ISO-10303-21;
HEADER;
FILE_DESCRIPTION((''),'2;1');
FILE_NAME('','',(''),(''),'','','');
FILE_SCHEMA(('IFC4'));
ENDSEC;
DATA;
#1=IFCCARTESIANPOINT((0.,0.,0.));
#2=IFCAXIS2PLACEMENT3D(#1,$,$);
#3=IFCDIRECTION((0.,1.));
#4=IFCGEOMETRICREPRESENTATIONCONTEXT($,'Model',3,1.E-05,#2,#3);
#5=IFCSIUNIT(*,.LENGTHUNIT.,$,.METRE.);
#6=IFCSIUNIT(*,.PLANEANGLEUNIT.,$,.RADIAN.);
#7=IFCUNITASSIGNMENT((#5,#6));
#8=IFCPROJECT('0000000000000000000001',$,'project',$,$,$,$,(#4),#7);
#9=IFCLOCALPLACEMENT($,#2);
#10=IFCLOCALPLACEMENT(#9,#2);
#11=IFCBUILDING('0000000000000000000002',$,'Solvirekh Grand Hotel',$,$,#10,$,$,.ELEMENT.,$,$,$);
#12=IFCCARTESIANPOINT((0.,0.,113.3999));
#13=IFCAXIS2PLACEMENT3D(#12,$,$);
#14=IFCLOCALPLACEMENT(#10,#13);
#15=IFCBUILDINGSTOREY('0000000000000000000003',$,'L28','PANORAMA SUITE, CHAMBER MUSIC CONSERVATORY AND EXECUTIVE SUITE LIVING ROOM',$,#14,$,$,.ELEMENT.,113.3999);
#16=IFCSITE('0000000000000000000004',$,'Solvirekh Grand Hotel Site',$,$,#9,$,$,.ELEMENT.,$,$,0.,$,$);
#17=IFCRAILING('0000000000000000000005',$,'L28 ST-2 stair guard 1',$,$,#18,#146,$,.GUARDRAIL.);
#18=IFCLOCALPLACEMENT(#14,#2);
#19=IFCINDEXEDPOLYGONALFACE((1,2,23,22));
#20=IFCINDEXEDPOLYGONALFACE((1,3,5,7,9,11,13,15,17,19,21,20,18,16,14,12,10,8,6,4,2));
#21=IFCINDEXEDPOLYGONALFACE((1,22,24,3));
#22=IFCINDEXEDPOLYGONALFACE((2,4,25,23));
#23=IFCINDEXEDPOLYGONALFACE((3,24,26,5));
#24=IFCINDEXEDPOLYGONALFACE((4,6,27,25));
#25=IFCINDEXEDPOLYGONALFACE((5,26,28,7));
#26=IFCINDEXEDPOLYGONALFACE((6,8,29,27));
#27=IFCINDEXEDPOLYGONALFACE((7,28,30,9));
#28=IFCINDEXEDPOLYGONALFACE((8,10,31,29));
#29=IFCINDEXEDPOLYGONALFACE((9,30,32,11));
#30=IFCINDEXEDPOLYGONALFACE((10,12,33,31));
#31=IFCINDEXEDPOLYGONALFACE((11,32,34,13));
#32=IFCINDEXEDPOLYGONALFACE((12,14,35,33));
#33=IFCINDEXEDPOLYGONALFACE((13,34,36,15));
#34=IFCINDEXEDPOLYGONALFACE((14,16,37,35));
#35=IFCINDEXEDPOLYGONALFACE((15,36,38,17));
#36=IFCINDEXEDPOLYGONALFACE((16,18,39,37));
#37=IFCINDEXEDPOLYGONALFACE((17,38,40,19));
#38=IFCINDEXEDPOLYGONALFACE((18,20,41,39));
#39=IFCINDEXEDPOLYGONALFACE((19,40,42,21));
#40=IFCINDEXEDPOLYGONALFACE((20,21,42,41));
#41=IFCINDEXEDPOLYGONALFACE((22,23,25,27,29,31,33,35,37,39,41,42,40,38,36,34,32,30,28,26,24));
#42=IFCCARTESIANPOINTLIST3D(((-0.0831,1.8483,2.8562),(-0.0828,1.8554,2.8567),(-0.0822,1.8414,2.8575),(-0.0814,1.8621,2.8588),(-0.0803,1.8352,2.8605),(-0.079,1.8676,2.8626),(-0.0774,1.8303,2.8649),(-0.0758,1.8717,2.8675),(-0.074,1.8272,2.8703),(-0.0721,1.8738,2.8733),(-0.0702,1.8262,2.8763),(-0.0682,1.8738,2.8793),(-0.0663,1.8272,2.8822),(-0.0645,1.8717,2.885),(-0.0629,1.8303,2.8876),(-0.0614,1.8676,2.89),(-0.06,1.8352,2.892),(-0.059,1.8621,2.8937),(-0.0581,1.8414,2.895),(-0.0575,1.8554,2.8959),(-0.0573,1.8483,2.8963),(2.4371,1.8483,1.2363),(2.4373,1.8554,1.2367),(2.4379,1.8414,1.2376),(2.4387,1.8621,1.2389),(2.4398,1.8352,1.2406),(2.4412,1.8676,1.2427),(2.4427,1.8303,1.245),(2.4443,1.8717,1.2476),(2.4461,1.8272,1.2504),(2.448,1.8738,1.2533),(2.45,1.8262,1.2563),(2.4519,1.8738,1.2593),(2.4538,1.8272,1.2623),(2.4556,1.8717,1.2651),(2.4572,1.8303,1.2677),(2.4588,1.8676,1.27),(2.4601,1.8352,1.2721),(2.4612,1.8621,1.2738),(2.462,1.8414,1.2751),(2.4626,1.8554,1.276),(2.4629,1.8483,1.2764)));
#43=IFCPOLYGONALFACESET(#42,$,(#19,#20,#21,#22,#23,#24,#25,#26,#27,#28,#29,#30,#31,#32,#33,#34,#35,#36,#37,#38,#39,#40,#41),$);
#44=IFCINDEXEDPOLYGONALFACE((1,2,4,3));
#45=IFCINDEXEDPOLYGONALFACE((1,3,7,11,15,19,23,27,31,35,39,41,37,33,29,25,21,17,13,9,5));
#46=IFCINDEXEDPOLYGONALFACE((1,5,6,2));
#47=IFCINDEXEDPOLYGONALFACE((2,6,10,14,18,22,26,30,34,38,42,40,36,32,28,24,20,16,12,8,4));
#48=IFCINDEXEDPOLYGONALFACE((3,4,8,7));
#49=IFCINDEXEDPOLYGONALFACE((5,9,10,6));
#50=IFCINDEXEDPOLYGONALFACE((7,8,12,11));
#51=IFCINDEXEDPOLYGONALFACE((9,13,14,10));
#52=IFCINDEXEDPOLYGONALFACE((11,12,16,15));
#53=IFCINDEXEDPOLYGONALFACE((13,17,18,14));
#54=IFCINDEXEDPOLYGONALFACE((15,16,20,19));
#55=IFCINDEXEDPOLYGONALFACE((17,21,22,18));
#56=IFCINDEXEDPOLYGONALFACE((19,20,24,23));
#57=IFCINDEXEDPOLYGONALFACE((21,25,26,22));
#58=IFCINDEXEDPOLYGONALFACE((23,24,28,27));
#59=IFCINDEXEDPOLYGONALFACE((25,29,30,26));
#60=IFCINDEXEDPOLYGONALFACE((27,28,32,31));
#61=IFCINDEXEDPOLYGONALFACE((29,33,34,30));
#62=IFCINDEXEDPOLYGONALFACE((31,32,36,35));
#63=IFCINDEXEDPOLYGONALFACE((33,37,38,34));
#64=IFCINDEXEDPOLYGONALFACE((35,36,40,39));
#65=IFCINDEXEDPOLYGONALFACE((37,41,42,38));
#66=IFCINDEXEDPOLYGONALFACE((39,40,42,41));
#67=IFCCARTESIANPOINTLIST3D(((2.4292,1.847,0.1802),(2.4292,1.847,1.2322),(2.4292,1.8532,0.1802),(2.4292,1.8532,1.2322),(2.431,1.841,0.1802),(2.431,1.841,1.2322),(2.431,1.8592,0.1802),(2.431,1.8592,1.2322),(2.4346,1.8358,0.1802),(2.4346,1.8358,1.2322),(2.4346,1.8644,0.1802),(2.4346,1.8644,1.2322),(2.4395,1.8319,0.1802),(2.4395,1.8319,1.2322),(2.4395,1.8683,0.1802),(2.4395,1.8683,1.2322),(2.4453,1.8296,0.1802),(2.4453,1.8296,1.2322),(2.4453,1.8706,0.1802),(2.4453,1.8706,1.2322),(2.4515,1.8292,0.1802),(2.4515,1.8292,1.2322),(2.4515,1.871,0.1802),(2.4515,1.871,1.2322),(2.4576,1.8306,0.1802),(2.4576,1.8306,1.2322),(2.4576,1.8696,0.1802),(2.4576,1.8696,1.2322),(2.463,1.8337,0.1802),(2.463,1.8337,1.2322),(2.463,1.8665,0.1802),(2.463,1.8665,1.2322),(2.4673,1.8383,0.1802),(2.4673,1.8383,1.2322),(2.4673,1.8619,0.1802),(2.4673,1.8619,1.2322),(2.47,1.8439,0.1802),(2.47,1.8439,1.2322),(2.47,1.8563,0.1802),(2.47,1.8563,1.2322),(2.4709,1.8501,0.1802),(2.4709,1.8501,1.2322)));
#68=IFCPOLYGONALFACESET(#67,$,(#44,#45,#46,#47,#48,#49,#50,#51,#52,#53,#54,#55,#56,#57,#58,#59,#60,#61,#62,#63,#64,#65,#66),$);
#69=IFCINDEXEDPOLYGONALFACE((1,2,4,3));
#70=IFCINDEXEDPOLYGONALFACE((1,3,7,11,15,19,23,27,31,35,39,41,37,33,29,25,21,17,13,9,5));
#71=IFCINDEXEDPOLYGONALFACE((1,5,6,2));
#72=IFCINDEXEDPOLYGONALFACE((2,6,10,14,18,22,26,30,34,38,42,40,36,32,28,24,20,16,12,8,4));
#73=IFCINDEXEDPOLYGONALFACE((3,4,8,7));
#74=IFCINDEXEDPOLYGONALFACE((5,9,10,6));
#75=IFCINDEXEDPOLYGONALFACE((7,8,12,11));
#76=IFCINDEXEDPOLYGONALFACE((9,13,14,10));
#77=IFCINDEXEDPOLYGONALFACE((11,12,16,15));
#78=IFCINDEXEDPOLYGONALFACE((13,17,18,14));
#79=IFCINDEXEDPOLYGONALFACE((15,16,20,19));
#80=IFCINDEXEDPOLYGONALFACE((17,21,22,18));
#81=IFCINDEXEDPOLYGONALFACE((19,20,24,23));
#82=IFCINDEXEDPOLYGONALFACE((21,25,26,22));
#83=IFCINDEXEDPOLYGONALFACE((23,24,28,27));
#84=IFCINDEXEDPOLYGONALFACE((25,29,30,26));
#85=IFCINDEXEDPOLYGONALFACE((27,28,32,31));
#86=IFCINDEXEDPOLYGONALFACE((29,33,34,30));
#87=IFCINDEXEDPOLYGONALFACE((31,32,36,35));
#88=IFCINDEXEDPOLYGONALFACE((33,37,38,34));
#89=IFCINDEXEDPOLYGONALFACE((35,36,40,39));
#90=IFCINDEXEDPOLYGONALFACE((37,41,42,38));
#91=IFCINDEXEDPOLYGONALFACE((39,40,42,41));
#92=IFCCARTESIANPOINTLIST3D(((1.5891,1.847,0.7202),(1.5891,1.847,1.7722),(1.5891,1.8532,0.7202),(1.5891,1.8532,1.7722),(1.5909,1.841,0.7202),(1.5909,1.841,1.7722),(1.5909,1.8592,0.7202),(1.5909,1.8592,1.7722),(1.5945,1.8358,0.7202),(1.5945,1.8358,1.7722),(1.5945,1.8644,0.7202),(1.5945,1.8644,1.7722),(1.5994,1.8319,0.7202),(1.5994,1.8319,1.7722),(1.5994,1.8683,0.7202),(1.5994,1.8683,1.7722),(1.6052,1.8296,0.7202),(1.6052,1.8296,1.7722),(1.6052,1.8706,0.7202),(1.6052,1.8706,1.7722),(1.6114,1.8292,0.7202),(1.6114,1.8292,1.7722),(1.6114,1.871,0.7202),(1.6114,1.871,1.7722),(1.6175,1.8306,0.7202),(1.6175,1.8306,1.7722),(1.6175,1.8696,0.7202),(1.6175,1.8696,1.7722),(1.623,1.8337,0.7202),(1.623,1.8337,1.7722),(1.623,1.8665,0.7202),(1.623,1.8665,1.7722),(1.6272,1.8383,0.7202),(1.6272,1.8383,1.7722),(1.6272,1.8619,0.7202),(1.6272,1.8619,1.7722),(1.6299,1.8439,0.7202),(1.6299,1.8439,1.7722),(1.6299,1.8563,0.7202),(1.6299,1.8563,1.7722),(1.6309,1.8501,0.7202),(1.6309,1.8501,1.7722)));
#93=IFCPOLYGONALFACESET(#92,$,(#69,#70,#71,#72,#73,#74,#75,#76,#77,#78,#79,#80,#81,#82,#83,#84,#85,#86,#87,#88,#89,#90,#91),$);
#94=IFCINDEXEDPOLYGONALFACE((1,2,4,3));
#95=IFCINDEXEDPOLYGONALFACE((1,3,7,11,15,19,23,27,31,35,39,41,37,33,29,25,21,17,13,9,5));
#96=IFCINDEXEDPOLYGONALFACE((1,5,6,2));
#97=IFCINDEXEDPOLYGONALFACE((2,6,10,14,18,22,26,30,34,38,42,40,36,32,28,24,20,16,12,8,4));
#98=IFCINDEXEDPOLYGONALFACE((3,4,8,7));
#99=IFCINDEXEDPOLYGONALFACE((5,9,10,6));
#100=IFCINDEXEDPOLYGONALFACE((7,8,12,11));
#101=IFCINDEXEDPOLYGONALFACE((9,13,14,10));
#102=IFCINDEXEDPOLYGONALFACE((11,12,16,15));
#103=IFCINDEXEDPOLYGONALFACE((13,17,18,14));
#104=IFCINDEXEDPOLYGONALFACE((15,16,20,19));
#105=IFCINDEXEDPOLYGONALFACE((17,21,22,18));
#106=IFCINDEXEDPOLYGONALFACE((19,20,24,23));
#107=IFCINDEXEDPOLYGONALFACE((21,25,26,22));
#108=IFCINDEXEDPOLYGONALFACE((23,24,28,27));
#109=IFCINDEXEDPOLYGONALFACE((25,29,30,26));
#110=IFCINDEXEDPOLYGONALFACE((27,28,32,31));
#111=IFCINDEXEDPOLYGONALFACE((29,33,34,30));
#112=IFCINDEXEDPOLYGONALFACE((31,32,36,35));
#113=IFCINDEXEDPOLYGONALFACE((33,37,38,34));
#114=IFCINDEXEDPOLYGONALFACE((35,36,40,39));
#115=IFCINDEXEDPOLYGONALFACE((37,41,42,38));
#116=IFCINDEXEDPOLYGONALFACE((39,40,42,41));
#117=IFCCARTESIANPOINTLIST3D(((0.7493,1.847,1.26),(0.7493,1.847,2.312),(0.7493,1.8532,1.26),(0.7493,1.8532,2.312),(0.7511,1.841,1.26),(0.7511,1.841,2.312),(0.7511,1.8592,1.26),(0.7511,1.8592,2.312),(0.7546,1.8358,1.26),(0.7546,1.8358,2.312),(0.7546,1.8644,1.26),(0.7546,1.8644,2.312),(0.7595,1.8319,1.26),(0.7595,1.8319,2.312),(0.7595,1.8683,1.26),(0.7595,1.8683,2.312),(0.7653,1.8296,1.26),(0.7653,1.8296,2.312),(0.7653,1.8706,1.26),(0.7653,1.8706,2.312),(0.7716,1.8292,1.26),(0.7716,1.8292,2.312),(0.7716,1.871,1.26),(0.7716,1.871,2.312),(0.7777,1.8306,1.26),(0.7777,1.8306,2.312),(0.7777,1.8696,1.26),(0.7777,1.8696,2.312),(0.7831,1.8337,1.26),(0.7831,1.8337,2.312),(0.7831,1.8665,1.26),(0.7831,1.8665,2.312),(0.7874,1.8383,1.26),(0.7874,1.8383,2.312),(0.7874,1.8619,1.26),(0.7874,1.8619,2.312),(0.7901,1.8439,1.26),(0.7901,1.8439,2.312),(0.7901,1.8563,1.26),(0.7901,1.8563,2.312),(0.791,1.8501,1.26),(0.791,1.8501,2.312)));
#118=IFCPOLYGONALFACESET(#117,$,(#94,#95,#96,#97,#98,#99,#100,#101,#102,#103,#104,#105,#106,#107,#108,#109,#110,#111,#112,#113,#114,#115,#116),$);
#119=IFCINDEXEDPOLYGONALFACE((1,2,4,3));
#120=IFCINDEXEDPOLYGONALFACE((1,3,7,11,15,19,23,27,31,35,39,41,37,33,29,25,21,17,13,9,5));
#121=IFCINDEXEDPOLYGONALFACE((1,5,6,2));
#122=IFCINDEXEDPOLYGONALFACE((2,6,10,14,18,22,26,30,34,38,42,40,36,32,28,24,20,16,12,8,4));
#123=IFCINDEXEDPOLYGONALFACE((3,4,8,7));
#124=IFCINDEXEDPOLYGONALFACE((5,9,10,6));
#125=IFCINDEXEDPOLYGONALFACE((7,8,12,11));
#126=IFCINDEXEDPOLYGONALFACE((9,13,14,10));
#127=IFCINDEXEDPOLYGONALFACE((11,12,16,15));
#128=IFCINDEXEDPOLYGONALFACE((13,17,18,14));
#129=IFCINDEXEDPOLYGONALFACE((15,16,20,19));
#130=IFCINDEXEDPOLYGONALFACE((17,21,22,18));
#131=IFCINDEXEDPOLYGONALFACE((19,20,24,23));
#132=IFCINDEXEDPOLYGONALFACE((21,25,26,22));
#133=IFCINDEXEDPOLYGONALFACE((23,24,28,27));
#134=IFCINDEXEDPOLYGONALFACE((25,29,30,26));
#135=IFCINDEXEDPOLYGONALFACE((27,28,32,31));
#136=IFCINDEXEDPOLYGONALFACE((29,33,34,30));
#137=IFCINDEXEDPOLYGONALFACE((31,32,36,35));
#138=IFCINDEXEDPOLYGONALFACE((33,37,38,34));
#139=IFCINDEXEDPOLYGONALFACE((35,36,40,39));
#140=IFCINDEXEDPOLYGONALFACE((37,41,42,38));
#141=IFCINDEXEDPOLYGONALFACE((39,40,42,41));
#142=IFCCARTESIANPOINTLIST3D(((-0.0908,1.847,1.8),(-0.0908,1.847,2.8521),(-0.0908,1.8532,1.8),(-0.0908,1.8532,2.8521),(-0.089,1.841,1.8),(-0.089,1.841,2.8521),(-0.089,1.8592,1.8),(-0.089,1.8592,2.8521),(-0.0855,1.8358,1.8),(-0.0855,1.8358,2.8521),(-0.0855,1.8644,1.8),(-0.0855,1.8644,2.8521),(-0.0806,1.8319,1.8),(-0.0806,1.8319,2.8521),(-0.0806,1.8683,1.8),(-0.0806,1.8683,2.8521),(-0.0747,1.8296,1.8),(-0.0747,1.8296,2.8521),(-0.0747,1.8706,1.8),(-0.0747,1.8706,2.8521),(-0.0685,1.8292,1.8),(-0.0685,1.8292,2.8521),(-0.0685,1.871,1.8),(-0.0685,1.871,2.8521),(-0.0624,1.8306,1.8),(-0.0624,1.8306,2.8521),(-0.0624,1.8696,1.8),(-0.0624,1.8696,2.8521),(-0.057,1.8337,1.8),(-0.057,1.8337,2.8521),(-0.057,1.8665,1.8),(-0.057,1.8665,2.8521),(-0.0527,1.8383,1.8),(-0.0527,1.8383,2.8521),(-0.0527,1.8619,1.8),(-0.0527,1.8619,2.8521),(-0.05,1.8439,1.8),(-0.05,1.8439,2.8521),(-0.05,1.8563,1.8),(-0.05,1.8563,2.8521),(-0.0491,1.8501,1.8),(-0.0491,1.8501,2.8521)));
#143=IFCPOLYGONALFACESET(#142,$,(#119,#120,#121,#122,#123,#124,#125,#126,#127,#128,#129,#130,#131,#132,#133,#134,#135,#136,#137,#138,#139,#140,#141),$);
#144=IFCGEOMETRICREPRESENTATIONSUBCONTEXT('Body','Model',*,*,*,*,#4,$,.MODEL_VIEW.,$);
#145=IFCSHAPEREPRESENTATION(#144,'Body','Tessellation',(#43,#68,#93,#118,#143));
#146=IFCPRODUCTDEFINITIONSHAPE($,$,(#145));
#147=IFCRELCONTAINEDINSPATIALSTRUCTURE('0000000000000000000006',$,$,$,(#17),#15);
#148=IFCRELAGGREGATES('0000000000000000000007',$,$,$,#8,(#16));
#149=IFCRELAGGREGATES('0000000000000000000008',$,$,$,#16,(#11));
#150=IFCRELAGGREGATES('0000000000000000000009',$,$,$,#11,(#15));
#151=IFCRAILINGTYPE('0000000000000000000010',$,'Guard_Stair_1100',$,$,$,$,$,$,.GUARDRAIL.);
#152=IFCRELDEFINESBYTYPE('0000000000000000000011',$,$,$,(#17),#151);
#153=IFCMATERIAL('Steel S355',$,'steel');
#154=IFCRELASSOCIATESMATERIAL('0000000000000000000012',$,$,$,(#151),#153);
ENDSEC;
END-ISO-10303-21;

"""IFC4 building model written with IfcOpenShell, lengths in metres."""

from ifc_helpers import new_model, si_unit, direction, frame, origin, origin_2d, place, context, subcontext, project, spatial, circle, extrude, material, type_object, element, save


model = new_model("IFC4")

# Units and contexts
model_context = context("Model", 3, precision=1e-05, world=origin(), true_north=direction((0.0, 1.0)))
body_context = subcontext(model_context, "Body", "Model", "MODEL_VIEW")
ifc_project = project(units=[si_unit("LENGTHUNIT", "METRE"), si_unit("PLANEANGLEUNIT", "RADIAN")], contexts=[model_context])

# Site, building, storey
site_placement = place(None, origin())
site = spatial("IfcSite", under=ifc_project, at=site_placement, Name="Solvirekh Grand Hotel Site", CompositionType="ELEMENT", RefElevation=0.0)
building_placement = place(site_placement, origin())
building = spatial("IfcBuilding", under=site, at=building_placement, Name="Solvirekh Grand Hotel", CompositionType="ELEMENT")
storey_placement = place(building_placement, frame((0.0, 0.0, 113.3999)))
storey = spatial("IfcBuildingStorey", under=building, at=storey_placement, Name="L28", Description="PANORAMA SUITE, CHAMBER MUSIC CONSERVATORY AND EXECUTIVE SUITE LIVING ROOM", CompositionType="ELEMENT", Elevation=113.3999)

# Shared definitions
ifc_material_1 = material(Name="Steel S355", Category="steel")

# Railing
railing_type_1 = type_object("IfcRailingType", Name="Guard_Stair_1100", PredefinedType="GUARDRAIL", material=ifc_material_1)
railing_1_placement = place(storey_placement, frame((2.45, 1.8501, 0.1802)))
element("IfcRailing", 1, at=railing_1_placement, inside=storey, type_object=railing_type_1, Name="L28 ST-2 stair guard 1", PredefinedType="GUARDRAIL", context=body_context, shape_type="SweptSolid", body=[
    extrude(circle(Radius=0.0239, at=origin_2d()), frame((0.0, 0.0, 1.0762), z_axis=(-0.8412, 0.0, 0.540725), x_axis=(0.0, -1.0, 0.0)), (0.0, 0.0, 1.0), 2.9958),
    extrude(circle(Radius=0.021, at=origin_2d()), origin(), (0.0, 0.0, 1.0), 1.052),
    extrude(circle(Radius=0.021, at=origin_2d()), frame((-0.8401, 0.0, 0.54)), (0.0, 0.0, 1.0), 1.052),
    extrude(circle(Radius=0.021, at=origin_2d()), frame((-1.6799, 0.0, 1.0798)), (0.0, 0.0, 1.0), 1.052),
    extrude(circle(Radius=0.021, at=origin_2d()), frame((-2.52, 0.0, 1.6199)), (0.0, 0.0, 1.0), 1.052),
])

save(model, "model.ifc")
